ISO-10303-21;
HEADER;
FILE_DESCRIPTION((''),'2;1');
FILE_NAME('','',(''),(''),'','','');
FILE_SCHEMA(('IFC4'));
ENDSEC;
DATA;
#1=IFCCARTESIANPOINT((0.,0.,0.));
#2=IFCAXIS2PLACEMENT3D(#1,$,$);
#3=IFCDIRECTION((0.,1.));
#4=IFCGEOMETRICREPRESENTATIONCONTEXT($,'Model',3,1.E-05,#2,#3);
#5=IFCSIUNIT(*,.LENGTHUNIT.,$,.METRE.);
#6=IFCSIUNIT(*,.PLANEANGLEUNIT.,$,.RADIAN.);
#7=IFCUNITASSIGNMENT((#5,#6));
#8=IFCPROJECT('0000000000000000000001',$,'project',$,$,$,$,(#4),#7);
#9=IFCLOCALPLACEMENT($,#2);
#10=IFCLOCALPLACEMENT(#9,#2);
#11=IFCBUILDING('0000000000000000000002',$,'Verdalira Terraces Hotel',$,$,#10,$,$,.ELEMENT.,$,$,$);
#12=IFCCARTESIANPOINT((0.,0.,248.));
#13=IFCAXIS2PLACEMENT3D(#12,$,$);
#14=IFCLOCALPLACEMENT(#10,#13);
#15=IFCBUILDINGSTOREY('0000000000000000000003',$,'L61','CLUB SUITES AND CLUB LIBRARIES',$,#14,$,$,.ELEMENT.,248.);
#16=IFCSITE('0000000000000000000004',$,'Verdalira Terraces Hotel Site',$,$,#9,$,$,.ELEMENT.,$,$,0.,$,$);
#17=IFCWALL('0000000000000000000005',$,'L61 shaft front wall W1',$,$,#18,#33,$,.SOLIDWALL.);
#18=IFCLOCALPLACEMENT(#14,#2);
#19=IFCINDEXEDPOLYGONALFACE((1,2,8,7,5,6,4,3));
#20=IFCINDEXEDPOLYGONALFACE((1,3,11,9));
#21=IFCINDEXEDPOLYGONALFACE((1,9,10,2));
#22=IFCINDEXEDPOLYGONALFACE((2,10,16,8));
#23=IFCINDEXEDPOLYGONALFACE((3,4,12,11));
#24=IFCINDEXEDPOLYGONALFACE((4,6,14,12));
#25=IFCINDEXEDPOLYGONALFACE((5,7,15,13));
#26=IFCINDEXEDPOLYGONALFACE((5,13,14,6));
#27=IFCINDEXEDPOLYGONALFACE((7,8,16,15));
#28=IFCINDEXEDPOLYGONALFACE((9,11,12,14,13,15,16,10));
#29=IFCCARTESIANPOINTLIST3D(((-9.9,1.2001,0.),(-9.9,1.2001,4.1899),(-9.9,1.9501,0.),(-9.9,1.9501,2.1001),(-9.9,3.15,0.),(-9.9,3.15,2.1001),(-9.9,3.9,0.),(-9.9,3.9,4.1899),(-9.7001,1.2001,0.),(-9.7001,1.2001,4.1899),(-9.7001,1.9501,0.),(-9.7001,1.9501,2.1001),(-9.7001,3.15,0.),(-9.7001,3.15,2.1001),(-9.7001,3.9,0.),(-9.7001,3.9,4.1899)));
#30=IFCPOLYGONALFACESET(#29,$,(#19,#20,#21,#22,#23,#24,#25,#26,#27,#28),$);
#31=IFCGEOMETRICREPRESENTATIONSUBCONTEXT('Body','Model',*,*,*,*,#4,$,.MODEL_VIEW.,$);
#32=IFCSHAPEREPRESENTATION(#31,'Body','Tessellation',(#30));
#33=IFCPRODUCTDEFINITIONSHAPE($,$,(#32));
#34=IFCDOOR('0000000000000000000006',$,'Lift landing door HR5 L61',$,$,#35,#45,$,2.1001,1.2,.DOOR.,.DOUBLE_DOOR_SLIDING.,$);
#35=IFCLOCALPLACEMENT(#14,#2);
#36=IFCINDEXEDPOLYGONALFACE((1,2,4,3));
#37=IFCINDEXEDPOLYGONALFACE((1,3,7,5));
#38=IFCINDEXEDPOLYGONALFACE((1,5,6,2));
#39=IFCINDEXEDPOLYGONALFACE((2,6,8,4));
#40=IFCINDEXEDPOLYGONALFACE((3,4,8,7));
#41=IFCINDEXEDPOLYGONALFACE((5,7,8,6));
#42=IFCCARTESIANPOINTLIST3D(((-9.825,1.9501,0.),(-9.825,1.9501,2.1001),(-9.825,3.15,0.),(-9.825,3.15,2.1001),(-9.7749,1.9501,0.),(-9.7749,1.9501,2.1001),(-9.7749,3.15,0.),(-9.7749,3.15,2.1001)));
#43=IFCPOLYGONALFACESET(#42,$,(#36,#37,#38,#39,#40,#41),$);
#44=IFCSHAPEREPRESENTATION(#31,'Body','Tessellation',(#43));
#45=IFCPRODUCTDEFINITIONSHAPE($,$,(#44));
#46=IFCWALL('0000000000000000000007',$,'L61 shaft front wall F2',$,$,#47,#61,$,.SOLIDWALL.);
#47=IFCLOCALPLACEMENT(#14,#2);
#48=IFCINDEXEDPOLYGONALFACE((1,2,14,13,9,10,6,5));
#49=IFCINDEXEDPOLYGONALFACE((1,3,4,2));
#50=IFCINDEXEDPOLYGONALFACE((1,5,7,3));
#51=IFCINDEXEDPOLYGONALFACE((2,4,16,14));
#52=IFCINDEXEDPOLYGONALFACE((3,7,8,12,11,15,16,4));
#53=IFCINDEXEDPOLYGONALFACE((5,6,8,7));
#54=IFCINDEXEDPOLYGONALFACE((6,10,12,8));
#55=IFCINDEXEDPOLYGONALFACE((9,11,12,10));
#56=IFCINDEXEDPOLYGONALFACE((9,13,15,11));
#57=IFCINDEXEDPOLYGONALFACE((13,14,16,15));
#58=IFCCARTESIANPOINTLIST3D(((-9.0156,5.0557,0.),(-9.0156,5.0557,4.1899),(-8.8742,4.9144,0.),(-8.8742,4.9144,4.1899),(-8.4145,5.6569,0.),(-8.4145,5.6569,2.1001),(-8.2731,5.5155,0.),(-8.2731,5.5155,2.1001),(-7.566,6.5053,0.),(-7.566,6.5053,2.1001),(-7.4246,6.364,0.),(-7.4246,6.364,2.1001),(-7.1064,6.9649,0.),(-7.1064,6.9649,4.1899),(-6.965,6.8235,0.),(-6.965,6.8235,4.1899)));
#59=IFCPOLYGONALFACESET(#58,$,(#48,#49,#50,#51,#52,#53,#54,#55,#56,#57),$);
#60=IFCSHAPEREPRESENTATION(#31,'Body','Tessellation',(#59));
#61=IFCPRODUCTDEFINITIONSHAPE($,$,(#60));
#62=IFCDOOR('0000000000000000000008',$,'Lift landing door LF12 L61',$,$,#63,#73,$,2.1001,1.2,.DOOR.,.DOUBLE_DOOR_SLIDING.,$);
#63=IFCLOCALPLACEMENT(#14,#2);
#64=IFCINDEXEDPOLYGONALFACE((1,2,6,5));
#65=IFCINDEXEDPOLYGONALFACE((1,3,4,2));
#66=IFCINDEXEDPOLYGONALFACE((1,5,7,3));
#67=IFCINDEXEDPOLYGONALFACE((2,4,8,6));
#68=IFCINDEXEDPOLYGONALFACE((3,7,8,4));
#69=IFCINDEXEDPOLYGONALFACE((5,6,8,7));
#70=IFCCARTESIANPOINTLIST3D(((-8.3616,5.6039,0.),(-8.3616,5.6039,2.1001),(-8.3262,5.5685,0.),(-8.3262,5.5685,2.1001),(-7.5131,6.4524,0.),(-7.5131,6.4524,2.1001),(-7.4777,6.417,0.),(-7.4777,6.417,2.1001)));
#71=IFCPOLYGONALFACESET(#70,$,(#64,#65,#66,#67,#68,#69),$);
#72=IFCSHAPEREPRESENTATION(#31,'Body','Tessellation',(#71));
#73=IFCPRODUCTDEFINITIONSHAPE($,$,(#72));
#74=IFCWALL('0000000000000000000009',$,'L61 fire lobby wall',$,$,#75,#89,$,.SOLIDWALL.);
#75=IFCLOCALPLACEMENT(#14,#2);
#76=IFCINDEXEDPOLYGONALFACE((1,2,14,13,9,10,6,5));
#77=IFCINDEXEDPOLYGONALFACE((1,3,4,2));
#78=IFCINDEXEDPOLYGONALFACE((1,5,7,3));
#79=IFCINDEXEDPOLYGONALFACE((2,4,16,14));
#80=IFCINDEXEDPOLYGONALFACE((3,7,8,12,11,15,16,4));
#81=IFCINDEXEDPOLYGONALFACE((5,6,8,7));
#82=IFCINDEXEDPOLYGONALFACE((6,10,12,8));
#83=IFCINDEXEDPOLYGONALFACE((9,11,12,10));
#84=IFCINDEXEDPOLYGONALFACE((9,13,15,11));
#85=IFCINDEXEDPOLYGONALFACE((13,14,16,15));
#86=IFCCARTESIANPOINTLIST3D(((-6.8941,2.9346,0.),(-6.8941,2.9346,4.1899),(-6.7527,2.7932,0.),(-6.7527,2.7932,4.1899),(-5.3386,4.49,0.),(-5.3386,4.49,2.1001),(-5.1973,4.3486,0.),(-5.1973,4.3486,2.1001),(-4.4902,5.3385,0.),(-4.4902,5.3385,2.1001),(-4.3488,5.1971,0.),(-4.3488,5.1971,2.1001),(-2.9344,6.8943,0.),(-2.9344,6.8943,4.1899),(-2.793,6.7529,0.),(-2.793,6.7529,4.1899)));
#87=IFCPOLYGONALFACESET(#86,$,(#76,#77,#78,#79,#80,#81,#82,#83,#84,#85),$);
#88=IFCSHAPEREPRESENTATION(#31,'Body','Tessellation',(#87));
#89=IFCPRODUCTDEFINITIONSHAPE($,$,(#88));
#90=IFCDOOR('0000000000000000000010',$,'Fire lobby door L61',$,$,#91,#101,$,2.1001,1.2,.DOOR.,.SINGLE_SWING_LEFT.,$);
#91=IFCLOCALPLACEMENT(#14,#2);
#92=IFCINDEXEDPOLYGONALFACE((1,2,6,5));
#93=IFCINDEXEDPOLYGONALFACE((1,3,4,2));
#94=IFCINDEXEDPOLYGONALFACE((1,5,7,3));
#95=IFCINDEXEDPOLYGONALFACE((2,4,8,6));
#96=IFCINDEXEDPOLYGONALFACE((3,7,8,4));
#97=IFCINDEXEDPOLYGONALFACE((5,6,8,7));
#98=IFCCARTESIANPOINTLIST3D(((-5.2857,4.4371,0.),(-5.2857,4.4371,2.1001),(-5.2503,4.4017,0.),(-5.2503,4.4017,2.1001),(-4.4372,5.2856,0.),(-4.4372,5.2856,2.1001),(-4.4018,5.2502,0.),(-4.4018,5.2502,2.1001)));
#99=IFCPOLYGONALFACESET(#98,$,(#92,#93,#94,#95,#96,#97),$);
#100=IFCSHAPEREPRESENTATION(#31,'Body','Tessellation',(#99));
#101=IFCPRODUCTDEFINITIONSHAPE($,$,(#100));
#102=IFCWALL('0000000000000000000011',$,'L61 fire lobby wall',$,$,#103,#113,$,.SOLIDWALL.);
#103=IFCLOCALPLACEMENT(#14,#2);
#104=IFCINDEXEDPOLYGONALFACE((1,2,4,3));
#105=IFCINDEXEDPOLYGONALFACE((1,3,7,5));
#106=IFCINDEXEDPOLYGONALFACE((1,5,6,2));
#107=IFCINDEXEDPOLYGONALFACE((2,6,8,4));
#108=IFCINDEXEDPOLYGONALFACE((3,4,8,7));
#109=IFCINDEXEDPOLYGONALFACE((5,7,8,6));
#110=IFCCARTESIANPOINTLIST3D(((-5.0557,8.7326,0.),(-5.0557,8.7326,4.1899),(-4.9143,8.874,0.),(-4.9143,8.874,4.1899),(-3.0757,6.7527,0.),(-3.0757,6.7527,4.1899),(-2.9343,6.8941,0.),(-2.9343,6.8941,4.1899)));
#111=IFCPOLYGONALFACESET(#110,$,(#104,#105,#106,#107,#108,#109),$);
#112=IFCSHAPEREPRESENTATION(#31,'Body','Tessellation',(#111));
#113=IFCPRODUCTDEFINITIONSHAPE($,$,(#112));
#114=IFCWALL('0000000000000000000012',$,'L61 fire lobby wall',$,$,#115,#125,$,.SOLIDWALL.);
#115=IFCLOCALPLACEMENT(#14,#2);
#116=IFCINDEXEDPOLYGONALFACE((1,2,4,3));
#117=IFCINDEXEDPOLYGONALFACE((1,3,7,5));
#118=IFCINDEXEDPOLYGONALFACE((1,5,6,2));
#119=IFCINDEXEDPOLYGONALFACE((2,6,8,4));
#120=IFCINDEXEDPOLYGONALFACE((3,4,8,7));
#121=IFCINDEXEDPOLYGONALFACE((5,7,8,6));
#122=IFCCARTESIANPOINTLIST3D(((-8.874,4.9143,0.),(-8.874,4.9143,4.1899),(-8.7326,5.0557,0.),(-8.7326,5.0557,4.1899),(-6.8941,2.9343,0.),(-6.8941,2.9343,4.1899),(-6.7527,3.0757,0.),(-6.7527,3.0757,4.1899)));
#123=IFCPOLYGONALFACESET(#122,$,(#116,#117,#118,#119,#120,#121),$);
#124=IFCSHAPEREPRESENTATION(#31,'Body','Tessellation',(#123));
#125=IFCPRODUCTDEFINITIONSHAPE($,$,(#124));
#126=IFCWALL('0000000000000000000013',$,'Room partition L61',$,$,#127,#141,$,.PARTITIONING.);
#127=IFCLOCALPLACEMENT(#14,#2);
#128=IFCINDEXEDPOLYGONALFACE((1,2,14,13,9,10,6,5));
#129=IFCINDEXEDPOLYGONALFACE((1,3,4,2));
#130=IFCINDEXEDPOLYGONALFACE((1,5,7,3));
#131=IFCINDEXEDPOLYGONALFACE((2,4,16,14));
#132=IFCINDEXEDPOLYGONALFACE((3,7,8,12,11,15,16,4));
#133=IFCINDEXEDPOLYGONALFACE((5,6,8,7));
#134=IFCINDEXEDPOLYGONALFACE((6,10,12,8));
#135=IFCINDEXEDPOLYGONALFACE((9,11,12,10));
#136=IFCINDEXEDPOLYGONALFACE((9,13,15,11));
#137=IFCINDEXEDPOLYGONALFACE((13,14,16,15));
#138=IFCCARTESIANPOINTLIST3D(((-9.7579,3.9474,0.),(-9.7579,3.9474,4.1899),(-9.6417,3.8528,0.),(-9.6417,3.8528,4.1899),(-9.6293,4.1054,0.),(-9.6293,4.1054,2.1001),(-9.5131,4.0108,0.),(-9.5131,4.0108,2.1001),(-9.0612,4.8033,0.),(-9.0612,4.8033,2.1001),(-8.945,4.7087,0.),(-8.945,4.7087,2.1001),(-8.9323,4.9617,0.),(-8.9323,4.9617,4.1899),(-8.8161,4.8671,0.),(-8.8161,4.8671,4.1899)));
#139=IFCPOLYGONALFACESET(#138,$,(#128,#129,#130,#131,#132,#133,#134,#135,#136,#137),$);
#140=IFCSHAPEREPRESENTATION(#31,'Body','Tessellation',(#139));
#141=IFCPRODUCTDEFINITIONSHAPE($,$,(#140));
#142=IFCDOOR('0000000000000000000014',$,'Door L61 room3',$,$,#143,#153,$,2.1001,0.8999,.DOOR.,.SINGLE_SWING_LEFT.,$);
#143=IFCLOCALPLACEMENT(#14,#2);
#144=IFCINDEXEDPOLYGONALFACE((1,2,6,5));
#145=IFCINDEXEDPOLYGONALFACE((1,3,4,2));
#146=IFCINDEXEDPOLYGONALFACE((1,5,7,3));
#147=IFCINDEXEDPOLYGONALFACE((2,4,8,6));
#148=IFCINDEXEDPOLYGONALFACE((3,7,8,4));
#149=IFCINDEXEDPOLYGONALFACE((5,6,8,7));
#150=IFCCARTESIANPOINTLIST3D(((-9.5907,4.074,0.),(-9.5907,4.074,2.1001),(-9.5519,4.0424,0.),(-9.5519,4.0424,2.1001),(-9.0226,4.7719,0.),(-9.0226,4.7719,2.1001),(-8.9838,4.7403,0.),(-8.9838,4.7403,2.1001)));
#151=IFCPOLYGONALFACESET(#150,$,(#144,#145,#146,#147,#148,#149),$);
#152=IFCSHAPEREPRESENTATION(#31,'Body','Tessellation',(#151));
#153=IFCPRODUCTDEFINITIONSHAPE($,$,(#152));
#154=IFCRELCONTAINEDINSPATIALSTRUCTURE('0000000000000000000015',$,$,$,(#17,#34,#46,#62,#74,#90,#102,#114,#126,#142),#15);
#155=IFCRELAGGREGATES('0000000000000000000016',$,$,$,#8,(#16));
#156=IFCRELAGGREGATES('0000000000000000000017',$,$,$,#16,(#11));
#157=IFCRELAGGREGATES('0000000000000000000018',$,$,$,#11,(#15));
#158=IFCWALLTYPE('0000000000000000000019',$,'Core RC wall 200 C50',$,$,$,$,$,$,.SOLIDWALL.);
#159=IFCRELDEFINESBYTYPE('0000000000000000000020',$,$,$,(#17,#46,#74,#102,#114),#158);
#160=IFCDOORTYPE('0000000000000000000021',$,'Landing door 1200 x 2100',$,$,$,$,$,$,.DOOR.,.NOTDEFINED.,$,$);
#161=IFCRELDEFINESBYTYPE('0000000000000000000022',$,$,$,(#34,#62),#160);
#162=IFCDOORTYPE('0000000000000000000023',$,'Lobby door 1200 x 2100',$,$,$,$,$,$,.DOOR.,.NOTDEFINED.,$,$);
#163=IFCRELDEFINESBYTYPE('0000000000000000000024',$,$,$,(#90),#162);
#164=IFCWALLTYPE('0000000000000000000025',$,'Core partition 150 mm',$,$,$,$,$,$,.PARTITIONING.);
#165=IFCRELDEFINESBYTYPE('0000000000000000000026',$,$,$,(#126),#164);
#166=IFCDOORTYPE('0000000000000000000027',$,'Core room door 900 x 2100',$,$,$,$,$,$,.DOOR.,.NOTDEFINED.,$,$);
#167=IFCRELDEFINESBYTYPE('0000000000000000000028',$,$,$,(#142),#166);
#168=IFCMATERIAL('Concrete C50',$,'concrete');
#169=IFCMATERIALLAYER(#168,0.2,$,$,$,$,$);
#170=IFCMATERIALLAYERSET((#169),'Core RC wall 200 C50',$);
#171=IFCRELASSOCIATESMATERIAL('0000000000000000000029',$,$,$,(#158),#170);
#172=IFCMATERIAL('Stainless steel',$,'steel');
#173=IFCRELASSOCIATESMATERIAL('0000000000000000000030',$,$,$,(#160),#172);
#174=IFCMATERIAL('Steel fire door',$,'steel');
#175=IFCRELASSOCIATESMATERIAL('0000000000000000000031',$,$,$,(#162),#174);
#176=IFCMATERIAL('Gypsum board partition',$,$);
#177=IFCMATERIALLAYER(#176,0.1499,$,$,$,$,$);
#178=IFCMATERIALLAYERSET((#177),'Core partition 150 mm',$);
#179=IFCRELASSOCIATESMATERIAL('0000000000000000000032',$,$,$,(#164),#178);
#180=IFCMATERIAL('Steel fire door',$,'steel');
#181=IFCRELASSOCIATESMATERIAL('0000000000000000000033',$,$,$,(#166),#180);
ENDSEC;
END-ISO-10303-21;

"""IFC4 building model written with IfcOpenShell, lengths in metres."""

from ifc_helpers import new_model, si_unit, direction, frame, frame_2d, origin, place, context, subcontext, project, spatial, rectangle, extrude, material, layer, layer_set, type_object, element, fill, save


model = new_model("IFC4")

# Units and contexts
model_context = context("Model", 3, precision=1e-05, world=origin(), true_north=direction((0.0, 1.0)))
body_context = subcontext(model_context, "Body", "Model", "MODEL_VIEW")
ifc_project = project(units=[si_unit("LENGTHUNIT", "METRE"), si_unit("PLANEANGLEUNIT", "RADIAN")], contexts=[model_context])

# Site, building, storey
site_placement = place(None, origin())
site = spatial("IfcSite", under=ifc_project, at=site_placement, Name="Verdalira Terraces Hotel Site", CompositionType="ELEMENT", RefElevation=0.0)
building_placement = place(site_placement, origin())
building = spatial("IfcBuilding", under=site, at=building_placement, Name="Verdalira Terraces Hotel", CompositionType="ELEMENT")
storey_placement = place(building_placement, frame((0.0, 0.0, 248.0)))
storey = spatial("IfcBuildingStorey", under=building, at=storey_placement, Name="L61", Description="CLUB SUITES AND CLUB LIBRARIES", CompositionType="ELEMENT", Elevation=248.0)

# Walls, openings, doors
ifc_material_1 = material(Name="Concrete C50", Category="concrete")
ifc_layer_1 = layer(ifc_material_1, 0.2)
ifc_layer_set_1 = layer_set([ifc_layer_1], Name="Core RC wall 200 C50")
wall_type_1 = type_object("IfcWallType", Name="Core RC wall 200 C50", PredefinedType="SOLIDWALL", material=ifc_layer_set_1)
wall_1_placement = place(storey_placement, frame((-9.8, 1.2, 0.0), z_axis=(0.0, 0.0, 1.0), x_axis=(0.0, 1.0, 0.0)))
wall_1 = element("IfcWall", 1, at=wall_1_placement, inside=storey, type_object=wall_type_1, Name="L61 shaft front wall W1", PredefinedType="SOLIDWALL", context=body_context, shape_type="SweptSolid", body=[
    extrude(rectangle(XDim=2.7, YDim=0.2, at=frame_2d((1.3501, 0.0))), origin(), (0.0, 0.0, 1.0), 4.1899),
])
opening_1_placement = place(wall_1_placement, frame((0.75, 0.0, 0.0)))
opening_1 = element("IfcOpeningElement", 2, at=opening_1_placement, cuts=wall_1, PredefinedType="OPENING", context=body_context, shape_type="SweptSolid", body=[
    extrude(rectangle(XDim=1.2, YDim=2.1001, at=frame_2d((0.6001, 1.05))), frame((0.0, 0.1099, 0.0), z_axis=(0.0, -1.0, 0.0), x_axis=(1.0, 0.0, 0.0)), (0.0, 0.0, 1.0), 0.22),
])
ifc_material_2 = material(Name="Stainless steel", Category="steel")
door_type_1 = type_object("IfcDoorType", Name="Landing door 1200 x 2100", OperationType="NOTDEFINED", PredefinedType="DOOR", material=ifc_material_2)
door_1_placement = place(opening_1_placement, origin())
door_1 = element("IfcDoor", 3, at=door_1_placement, inside=storey, type_object=door_type_1, Name="Lift landing door HR5 L61", OperationType="DOUBLE_DOOR_SLIDING", OverallHeight=2.1001, OverallWidth=1.2, PredefinedType="DOOR", context=body_context, shape_type="SweptSolid", body=[
    extrude(rectangle(XDim=1.2, YDim=2.1001, at=frame_2d((0.6001, 1.05))), frame((0.0, 0.0249, 0.0), z_axis=(0.0, -1.0, 0.0), x_axis=(1.0, 0.0, 0.0)), (0.0, 0.0, 1.0), 0.05),
])
fill(opening_1, door_1)
wall_2_placement = place(storey_placement, frame((-7.0356, 6.8943, 0.0), z_axis=(0.0, 0.0, 1.0), x_axis=(-0.707107, -0.707107, 0.0)))
wall_2 = element("IfcWall", 4, at=wall_2_placement, inside=storey, type_object=wall_type_1, Name="L61 shaft front wall F2", PredefinedType="SOLIDWALL", context=body_context, shape_type="SweptSolid", body=[
    extrude(rectangle(XDim=2.7, YDim=0.2, at=frame_2d((1.3501, 0.0))), origin(), (0.0, 0.0, 1.0), 4.1899),
])
opening_2_placement = place(wall_2_placement, frame((0.6499, 0.0, 0.0)))
opening_2 = element("IfcOpeningElement", 5, at=opening_2_placement, cuts=wall_2, PredefinedType="OPENING", context=body_context, shape_type="SweptSolid", body=[
    extrude(rectangle(XDim=1.2, YDim=2.1001, at=frame_2d((0.6001, 1.05))), frame((0.0, 0.1099, 0.0), z_axis=(0.0, -1.0, 0.0), x_axis=(1.0, 0.0, 0.0)), (0.0, 0.0, 1.0), 0.22),
])
door_2_placement = place(opening_2_placement, origin())
door_2 = element("IfcDoor", 6, at=door_2_placement, inside=storey, type_object=door_type_1, Name="Lift landing door LF12 L61", OperationType="DOUBLE_DOOR_SLIDING", OverallHeight=2.1001, OverallWidth=1.2, PredefinedType="DOOR", context=body_context, shape_type="SweptSolid", body=[
    extrude(rectangle(XDim=1.2, YDim=2.1001, at=frame_2d((0.6001, 1.05))), frame((0.0, 0.0249, 0.0), z_axis=(0.0, -1.0, 0.0), x_axis=(1.0, 0.0, 0.0)), (0.0, 0.0, 1.0), 0.05),
])
fill(opening_2, door_2)
wall_3_placement = place(storey_placement, frame((-2.8638, 6.8235, 0.0), z_axis=(0.0, 0.0, 1.0), x_axis=(-0.707107, -0.707107, 0.0)))
wall_3 = element("IfcWall", 7, at=wall_3_placement, inside=storey, type_object=wall_type_1, Name="L61 fire lobby wall", PredefinedType="SOLIDWALL", context=body_context, shape_type="SweptSolid", body=[
    extrude(rectangle(XDim=5.5999, YDim=0.2, at=frame_2d((2.7998, 0.0))), origin(), (0.0, 0.0, 1.0), 4.1899),
])
opening_3_placement = place(wall_3_placement, frame((2.2, 0.0, 0.0)))
opening_3 = element("IfcOpeningElement", 8, at=opening_3_placement, cuts=wall_3, PredefinedType="OPENING", context=body_context, shape_type="SweptSolid", body=[
    extrude(rectangle(XDim=1.2, YDim=2.1001, at=frame_2d((0.6001, 1.05))), frame((0.0, 0.1099, 0.0), z_axis=(0.0, -1.0, 0.0), x_axis=(1.0, 0.0, 0.0)), (0.0, 0.0, 1.0), 0.22),
])
ifc_material_3 = material(Name="Steel fire door", Category="steel")
door_type_2 = type_object("IfcDoorType", Name="Lobby door 1200 x 2100", OperationType="NOTDEFINED", PredefinedType="DOOR", material=ifc_material_3)
door_3_placement = place(opening_3_placement, origin())
door_3 = element("IfcDoor", 9, at=door_3_placement, inside=storey, type_object=door_type_2, Name="Fire lobby door L61", OperationType="SINGLE_SWING_LEFT", OverallHeight=2.1001, OverallWidth=1.2, PredefinedType="DOOR", context=body_context, shape_type="SweptSolid", body=[
    extrude(rectangle(XDim=1.2, YDim=2.1001, at=frame_2d((0.6001, 1.05))), frame((0.0, 0.0249, 0.0), z_axis=(0.0, -1.0, 0.0), x_axis=(1.0, 0.0, 0.0)), (0.0, 0.0, 1.0), 0.05),
])
fill(opening_3, door_3)

# Walls
for number, where, z_axis, x_axis, name in (
    (10, (-3.0051, 6.8235, 0.0), (0.0, 0.0, 1.0), (-0.707107, 0.707107, 0.0), "L61 fire lobby wall"),
    (11, (-6.8235, 3.0051, 0.0), (0.0, 0.0, 1.0), (-0.707107, 0.707107, 0.0), "L61 fire lobby wall"),
):
    element("IfcWall", number, at=place(storey_placement, frame(where, z_axis=z_axis, x_axis=x_axis)), inside=storey, type_object=wall_type_1, Name=name, PredefinedType="SOLIDWALL", context=body_context, shape_type="SweptSolid", body=[
        extrude(rectangle(XDim=2.8, YDim=0.2, at=frame_2d((1.3999, 0.0))), origin(), (0.0, 0.0, 1.0), 4.1899),
    ])

# Wall, opening, door
ifc_material_4 = material(Name="Gypsum board partition")
ifc_layer_2 = layer(ifc_material_4, 0.1499)
ifc_layer_set_2 = layer_set([ifc_layer_2], Name="Core partition 150 mm")
wall_type_2 = type_object("IfcWallType", Name="Core partition 150 mm", PredefinedType="PARTITIONING", material=ifc_layer_set_2)
wall_4_placement = place(storey_placement, frame((-8.8743, 4.9143, 0.0), z_axis=(0.0, 0.0, 1.0), x_axis=(-0.631274, -0.77556, 0.0)))
wall_4 = element("IfcWall", 12, at=wall_4_placement, inside=storey, type_object=wall_type_2, Name="Room partition L61", PredefinedType="PARTITIONING", context=body_context, shape_type="SweptSolid", body=[
    extrude(rectangle(XDim=1.3079, YDim=0.1499, at=frame_2d((0.6538, 0.0))), origin(), (0.0, 0.0, 1.0), 4.1899),
])
opening_4_placement = place(wall_4_placement, frame((0.2041, 0.0, 0.0)))
opening_4 = element("IfcOpeningElement", 13, at=opening_4_placement, cuts=wall_4, PredefinedType="OPENING", context=body_context, shape_type="SweptSolid", body=[
    extrude(rectangle(XDim=0.8999, YDim=2.1001, at=frame_2d((0.45, 1.05))), frame((0.0, 0.085, 0.0), z_axis=(0.0, -1.0, 0.0), x_axis=(1.0, 0.0, 0.0)), (0.0, 0.0, 1.0), 0.1699),
])
ifc_material_5 = material(Name="Steel fire door", Category="steel")
door_type_3 = type_object("IfcDoorType", Name="Core room door 900 x 2100", OperationType="NOTDEFINED", PredefinedType="DOOR", material=ifc_material_5)
door_4_placement = place(opening_4_placement, origin())
door_4 = element("IfcDoor", 14, at=door_4_placement, inside=storey, type_object=door_type_3, Name="Door L61 room3", OperationType="SINGLE_SWING_LEFT", OverallHeight=2.1001, OverallWidth=0.8999, PredefinedType="DOOR", context=body_context, shape_type="SweptSolid", body=[
    extrude(rectangle(XDim=0.8999, YDim=2.1001, at=frame_2d((0.45, 1.05))), frame((0.0, 0.0249, 0.0), z_axis=(0.0, -1.0, 0.0), x_axis=(1.0, 0.0, 0.0)), (0.0, 0.0, 1.0), 0.05),
])
fill(opening_4, door_4)

save(model, "model.ifc")
